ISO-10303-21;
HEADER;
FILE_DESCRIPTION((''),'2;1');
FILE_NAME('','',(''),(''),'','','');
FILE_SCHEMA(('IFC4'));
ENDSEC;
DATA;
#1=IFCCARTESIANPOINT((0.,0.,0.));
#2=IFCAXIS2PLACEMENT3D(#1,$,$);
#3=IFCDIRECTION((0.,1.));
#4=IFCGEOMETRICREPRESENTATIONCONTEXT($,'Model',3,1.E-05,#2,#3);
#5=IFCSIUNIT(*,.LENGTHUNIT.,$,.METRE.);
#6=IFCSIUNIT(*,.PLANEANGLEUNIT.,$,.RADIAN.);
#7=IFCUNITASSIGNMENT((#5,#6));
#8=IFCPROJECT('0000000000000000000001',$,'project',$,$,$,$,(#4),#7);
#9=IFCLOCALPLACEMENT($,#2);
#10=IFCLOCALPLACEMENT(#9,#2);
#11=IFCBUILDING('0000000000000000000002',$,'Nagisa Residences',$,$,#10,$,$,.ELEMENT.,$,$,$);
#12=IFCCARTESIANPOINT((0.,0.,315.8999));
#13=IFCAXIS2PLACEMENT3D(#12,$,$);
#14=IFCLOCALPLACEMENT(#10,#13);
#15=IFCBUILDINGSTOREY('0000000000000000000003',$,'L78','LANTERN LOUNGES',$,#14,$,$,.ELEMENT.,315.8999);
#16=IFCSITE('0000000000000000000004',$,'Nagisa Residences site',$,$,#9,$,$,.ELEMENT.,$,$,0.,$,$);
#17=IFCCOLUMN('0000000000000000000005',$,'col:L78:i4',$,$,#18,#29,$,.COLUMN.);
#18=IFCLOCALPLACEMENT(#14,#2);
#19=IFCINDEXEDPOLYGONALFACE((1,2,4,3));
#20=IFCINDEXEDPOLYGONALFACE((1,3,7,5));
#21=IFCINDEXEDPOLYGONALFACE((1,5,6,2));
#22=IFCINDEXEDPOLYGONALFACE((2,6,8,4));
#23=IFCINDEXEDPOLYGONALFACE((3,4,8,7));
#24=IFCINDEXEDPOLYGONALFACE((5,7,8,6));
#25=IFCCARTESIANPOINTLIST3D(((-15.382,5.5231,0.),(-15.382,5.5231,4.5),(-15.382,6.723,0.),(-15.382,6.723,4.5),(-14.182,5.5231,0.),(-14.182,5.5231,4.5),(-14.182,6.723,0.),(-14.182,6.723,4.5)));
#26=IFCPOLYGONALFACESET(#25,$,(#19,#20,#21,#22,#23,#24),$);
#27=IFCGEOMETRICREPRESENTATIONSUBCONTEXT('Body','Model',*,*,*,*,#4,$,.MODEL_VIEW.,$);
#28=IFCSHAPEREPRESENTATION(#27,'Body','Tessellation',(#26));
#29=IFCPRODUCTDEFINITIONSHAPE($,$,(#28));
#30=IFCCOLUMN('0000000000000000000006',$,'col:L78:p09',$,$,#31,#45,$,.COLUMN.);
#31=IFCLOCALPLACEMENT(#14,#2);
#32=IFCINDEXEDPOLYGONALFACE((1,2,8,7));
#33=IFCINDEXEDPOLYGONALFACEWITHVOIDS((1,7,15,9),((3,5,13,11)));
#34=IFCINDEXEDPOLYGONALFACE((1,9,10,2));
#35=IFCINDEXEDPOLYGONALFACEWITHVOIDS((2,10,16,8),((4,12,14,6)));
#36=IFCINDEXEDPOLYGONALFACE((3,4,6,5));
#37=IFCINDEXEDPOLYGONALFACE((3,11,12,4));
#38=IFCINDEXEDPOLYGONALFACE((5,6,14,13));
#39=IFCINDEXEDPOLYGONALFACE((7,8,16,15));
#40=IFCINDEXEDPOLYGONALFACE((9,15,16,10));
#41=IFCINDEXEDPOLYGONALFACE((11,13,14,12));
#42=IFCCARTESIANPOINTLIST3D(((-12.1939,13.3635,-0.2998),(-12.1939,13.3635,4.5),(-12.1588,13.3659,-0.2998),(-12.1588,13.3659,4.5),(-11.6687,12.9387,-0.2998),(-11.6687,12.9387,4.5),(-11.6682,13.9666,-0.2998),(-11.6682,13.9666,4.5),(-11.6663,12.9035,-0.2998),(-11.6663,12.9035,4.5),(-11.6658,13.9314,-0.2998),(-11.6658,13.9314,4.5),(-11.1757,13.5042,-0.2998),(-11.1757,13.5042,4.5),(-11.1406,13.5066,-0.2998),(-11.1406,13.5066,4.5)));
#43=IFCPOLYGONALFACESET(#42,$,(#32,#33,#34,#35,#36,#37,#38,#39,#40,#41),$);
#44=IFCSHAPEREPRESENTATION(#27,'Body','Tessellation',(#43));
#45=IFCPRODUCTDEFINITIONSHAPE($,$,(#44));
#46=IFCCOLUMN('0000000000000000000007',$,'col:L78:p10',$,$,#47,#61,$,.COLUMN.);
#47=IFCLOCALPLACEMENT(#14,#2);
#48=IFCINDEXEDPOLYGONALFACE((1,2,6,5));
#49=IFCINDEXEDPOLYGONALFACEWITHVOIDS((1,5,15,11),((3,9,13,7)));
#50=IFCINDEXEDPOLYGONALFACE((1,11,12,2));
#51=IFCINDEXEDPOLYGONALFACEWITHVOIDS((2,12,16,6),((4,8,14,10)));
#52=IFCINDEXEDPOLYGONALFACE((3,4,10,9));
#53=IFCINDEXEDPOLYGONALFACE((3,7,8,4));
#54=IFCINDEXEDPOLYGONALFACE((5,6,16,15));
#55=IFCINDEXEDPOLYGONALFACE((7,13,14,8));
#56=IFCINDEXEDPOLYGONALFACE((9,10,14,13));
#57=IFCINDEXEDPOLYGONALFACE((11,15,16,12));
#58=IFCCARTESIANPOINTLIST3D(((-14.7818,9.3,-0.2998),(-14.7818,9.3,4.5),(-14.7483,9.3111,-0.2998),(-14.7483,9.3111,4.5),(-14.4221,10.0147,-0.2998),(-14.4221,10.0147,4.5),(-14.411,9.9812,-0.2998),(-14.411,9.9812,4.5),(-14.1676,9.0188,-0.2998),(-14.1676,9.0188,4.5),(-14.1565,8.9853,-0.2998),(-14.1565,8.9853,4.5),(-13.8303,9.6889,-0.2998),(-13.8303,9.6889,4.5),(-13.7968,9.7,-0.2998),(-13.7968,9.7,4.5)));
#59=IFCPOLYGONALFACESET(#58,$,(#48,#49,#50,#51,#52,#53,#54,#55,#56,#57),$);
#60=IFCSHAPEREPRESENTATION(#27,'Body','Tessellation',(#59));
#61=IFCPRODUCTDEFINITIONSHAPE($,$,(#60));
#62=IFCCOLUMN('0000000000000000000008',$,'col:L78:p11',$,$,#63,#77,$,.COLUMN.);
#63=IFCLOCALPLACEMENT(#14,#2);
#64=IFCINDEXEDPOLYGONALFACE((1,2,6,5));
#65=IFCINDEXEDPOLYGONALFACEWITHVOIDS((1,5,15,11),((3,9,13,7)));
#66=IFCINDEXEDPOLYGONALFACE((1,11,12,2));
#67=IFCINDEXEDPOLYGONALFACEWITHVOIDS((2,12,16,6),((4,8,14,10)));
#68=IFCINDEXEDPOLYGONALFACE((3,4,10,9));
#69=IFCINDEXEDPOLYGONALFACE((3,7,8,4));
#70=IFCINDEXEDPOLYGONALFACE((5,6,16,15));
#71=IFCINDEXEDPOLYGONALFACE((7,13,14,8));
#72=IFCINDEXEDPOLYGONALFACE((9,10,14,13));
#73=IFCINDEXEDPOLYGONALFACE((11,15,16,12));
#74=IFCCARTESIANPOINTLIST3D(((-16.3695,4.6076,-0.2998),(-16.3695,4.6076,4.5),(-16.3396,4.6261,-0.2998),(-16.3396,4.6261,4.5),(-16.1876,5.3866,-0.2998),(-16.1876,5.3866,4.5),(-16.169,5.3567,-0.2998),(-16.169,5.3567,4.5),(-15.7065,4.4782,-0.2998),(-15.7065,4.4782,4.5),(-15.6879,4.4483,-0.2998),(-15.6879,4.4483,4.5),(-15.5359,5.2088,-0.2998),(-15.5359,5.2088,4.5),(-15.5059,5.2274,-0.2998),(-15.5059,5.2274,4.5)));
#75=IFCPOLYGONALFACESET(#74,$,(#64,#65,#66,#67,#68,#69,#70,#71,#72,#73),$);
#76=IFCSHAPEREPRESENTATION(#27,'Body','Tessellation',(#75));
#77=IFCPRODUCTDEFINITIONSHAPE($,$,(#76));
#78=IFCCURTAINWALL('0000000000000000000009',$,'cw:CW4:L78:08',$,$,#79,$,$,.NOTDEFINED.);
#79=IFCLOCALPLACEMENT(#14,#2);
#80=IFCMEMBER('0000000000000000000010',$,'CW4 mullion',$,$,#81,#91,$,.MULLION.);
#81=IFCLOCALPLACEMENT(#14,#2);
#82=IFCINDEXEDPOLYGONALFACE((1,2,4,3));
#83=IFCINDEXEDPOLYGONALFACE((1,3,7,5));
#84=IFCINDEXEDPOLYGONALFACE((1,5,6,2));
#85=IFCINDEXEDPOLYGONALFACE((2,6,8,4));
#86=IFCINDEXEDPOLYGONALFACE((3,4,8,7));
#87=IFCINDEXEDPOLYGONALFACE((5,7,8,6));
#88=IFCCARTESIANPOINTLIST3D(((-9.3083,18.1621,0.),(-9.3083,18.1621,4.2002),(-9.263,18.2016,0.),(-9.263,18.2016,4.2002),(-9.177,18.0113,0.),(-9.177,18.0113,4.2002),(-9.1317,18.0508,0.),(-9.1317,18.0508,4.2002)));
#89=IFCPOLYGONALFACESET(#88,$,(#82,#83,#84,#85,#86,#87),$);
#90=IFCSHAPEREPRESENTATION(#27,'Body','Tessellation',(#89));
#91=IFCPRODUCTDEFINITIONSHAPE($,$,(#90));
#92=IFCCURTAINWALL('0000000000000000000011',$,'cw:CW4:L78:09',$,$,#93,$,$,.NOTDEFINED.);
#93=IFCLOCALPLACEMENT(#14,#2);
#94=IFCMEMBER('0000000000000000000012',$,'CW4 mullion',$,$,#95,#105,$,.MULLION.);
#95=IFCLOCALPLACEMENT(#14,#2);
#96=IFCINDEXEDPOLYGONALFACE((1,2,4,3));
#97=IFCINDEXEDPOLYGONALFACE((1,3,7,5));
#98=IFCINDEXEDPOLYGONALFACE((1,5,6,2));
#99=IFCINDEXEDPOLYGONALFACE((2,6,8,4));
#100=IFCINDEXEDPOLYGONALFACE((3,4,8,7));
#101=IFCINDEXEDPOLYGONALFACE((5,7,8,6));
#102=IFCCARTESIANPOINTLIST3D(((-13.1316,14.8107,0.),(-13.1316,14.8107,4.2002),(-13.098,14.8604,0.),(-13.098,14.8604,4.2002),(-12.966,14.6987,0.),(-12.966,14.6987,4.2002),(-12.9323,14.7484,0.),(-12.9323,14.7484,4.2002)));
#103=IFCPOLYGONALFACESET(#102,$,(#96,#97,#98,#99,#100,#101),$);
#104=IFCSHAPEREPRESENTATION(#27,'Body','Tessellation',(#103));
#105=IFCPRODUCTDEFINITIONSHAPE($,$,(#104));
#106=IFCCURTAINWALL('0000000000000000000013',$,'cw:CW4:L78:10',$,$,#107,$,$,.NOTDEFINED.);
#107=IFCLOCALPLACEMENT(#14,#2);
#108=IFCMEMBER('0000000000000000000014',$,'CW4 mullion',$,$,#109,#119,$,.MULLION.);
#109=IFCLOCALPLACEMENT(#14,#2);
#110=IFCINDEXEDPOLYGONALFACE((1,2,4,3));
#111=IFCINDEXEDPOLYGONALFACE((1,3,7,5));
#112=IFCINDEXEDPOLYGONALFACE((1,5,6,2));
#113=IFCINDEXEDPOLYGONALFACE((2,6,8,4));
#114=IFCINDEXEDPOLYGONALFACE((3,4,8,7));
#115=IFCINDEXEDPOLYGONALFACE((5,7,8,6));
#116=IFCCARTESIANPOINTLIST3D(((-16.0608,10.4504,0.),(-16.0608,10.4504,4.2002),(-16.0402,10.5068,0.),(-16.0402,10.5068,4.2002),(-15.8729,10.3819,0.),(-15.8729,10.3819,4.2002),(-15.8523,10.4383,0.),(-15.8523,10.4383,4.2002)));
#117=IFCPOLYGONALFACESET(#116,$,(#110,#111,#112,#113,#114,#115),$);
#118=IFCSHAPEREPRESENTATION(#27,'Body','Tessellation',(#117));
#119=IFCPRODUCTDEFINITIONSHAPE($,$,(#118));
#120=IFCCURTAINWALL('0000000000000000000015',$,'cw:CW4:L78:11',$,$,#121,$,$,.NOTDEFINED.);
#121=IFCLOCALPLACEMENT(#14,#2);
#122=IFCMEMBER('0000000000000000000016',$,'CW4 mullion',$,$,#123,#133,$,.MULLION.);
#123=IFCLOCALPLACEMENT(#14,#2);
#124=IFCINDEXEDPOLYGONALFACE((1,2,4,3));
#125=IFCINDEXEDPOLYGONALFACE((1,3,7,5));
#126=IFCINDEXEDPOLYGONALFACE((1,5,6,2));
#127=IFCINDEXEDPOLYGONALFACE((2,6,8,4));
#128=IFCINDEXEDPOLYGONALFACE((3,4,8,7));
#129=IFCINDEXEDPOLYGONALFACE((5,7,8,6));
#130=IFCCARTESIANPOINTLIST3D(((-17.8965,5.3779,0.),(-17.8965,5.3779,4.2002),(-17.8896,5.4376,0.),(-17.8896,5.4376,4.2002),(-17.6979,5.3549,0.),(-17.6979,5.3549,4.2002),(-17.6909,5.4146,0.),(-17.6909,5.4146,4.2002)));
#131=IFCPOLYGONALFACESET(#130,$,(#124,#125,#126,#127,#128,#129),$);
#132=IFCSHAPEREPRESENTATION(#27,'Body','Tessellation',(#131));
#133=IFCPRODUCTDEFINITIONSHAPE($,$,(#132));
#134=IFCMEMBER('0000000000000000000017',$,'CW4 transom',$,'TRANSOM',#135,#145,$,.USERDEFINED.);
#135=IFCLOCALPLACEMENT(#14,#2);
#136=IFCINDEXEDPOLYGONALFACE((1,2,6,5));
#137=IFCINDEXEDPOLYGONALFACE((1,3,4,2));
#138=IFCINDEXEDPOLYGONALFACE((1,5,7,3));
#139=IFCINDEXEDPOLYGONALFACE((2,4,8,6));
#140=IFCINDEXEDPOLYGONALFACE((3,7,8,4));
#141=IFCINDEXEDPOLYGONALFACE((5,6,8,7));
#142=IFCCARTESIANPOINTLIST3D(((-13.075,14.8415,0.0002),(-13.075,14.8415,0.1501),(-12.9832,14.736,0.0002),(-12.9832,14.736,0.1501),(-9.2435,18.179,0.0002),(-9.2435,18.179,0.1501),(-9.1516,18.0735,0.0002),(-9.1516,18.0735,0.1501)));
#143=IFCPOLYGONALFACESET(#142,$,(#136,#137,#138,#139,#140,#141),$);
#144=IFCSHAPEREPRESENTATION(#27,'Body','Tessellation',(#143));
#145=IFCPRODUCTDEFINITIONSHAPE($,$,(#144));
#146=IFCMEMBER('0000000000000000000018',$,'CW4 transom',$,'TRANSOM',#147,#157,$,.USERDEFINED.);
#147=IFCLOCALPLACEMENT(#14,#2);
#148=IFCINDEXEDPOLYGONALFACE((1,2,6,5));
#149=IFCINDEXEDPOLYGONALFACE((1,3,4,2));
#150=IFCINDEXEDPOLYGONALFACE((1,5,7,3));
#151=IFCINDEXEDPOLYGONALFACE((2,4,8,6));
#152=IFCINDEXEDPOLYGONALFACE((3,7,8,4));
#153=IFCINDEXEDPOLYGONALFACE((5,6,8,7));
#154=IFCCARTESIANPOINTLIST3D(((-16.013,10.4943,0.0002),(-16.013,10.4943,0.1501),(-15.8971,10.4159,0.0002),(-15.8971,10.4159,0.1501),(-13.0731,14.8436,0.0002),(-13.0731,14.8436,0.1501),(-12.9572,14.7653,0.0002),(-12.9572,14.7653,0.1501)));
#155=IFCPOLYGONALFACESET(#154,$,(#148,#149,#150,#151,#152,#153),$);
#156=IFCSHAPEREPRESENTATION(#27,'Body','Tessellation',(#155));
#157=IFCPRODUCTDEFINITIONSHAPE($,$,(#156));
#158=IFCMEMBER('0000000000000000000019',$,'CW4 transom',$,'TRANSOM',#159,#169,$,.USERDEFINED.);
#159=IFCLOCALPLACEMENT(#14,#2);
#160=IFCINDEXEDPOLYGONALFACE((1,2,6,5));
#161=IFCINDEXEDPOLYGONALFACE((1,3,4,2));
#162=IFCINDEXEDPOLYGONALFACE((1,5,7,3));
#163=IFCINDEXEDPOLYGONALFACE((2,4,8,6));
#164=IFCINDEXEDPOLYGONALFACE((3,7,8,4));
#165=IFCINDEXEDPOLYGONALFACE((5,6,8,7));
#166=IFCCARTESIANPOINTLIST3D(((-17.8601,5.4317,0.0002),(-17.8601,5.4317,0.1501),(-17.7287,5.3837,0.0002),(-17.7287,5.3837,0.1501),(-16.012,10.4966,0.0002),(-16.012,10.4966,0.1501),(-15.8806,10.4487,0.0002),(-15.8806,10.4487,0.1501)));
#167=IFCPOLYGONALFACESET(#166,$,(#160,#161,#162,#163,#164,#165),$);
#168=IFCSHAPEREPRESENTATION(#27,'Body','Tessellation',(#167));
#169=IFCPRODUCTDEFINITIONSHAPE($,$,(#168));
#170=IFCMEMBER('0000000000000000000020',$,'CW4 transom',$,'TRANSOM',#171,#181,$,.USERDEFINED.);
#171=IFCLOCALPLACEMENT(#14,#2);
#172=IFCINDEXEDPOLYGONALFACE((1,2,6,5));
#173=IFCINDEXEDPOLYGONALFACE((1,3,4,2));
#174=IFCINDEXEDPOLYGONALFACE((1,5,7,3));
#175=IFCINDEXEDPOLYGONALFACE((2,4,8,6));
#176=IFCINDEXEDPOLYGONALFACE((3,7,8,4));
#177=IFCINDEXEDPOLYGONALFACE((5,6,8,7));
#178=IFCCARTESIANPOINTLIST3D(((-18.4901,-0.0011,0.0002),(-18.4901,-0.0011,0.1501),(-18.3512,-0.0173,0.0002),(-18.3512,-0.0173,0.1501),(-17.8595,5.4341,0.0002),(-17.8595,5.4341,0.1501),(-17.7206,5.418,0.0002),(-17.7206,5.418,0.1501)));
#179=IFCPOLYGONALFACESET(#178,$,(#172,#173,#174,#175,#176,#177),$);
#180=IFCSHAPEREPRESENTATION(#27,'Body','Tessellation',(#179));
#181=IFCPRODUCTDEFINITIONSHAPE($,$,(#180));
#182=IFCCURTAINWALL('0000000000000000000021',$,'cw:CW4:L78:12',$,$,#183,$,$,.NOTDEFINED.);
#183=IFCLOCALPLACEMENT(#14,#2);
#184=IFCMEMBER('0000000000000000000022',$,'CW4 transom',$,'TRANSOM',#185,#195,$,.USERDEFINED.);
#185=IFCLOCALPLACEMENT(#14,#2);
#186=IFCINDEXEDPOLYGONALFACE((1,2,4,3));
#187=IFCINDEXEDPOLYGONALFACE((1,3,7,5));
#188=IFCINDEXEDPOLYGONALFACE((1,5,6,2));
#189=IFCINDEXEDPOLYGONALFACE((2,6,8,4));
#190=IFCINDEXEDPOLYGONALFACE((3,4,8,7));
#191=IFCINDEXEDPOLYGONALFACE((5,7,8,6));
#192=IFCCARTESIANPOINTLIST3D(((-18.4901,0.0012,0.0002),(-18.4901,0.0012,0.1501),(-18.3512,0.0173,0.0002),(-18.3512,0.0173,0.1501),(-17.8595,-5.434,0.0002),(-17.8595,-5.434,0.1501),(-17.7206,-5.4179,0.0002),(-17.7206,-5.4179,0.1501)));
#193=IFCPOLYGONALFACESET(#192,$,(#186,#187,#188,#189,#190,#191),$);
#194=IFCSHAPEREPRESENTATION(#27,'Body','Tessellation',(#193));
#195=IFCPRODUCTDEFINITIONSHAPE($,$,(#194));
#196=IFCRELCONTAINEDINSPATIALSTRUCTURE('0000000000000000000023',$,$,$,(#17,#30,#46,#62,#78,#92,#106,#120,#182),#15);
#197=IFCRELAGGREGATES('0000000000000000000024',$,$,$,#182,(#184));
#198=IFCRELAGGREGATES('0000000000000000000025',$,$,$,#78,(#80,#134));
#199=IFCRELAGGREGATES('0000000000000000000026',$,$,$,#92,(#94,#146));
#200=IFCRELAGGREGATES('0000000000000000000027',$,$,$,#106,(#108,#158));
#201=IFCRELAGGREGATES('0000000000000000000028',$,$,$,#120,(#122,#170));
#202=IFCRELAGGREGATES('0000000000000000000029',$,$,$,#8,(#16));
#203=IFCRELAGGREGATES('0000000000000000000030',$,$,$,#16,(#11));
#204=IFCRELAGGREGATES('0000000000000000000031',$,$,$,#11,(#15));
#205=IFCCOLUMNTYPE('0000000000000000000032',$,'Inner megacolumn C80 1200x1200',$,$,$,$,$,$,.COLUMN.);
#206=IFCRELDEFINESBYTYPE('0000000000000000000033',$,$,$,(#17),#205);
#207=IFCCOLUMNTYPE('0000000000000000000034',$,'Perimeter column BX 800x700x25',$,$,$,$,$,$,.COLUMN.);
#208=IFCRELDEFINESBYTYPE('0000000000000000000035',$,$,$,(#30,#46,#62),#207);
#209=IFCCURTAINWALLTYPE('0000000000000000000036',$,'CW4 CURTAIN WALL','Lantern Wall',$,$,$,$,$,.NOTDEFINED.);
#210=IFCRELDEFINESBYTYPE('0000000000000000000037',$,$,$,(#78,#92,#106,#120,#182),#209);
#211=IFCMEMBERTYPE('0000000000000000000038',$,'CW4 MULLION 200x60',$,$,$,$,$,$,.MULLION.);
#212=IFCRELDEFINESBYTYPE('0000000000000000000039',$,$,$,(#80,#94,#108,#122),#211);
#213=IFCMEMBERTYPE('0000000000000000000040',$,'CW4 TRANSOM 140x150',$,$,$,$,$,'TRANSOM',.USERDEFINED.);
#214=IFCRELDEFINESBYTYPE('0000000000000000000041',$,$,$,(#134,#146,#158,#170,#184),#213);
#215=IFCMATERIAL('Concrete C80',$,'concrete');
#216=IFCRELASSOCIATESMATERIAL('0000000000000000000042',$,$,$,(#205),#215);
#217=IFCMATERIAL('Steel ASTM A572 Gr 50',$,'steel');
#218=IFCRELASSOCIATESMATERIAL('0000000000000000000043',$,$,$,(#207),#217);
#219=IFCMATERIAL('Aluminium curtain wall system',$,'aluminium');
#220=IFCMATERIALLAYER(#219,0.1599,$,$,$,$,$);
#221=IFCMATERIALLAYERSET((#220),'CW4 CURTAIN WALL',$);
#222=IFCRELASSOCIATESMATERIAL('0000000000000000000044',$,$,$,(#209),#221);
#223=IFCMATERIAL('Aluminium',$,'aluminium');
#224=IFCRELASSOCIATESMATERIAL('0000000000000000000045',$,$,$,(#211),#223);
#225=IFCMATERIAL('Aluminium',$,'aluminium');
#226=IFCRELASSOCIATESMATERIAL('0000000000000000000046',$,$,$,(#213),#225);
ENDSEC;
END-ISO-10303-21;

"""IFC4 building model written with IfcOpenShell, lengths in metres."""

from ifc_helpers import new_model, si_unit, direction, frame, origin, origin_2d, place, context, subcontext, project, spatial, rectangle, hollow_rectangle, extrude, material, layer, layer_set, material_profile, profile_set, type_object, element, aggregate, save


model = new_model("IFC4")

# Units and contexts
model_context = context("Model", 3, precision=1e-05, world=origin(), true_north=direction((0.0, 1.0)))
body_context = subcontext(model_context, "Body", "Model", "MODEL_VIEW")
ifc_project = project(units=[si_unit("LENGTHUNIT", "METRE"), si_unit("PLANEANGLEUNIT", "RADIAN")], contexts=[model_context])

# Site, building, storey
site_placement = place(None, origin())
site = spatial("IfcSite", under=ifc_project, at=site_placement, Name="Nagisa Residences site", CompositionType="ELEMENT", RefElevation=0.0)
building_placement = place(site_placement, origin())
building = spatial("IfcBuilding", under=site, at=building_placement, Name="Nagisa Residences", CompositionType="ELEMENT")
storey_placement = place(building_placement, frame((0.0, 0.0, 315.8999)))
storey = spatial("IfcBuildingStorey", under=building, at=storey_placement, Name="L78", Description="LANTERN LOUNGES", CompositionType="ELEMENT", Elevation=315.8999)

# Columns
ifc_material_1 = material(Name="Concrete C80", Category="concrete")
ifc_material_profile_1 = material_profile(ifc_material_1, rectangle(XDim=1.2, YDim=1.2, at=origin_2d()), Name="C80 1200x1200")
ifc_profile_set_1 = profile_set([ifc_material_profile_1], Name="Concrete C80")
column_type_1 = type_object("IfcColumnType", Name="Inner megacolumn C80 1200x1200", PredefinedType="COLUMN", material=ifc_profile_set_1)
column_placement = place(storey_placement, frame((-14.782, 6.123, 0.0), z_axis=(0.0, 0.0, 1.0), x_axis=(1.0, 0.0, 0.0)))
element("IfcColumn", 1, at=column_placement, inside=storey, type_object=column_type_1, Name="col:L78:i4", PredefinedType="COLUMN", context=body_context, shape_type="SweptSolid", body=[
    extrude(rectangle(XDim=1.2, YDim=1.2, at=origin_2d()), origin(), (0.0, 0.0, 1.0), 4.5),
])
ifc_material_2 = material(Name="Steel ASTM A572 Gr 50", Category="steel")
ifc_material_profile_2 = material_profile(ifc_material_2, hollow_rectangle(XDim=0.8, YDim=0.7, WallThickness=0.0249, at=origin_2d()), Name="BX 800x700x25")
ifc_profile_set_2 = profile_set([ifc_material_profile_2], Name="Steel ASTM A572 Gr 50")
column_type_2 = type_object("IfcColumnType", Name="Perimeter column BX 800x700x25", PredefinedType="COLUMN", material=ifc_profile_set_2)
for number, where, z_axis, x_axis, name in (
    (2, (-11.6672, 13.4351, -0.2998), (0.0, 0.0, 1.0), (-0.657135, -0.753773, 0.0), "col:L78:p09"),
    (3, (-14.2893, 9.5, -0.2998), (0.0, 0.0, 1.0), (-0.449592, -0.893234, 0.0), "col:L78:p10"),
    (4, (-15.9377, 4.9175, -0.2998), (0.0, 0.0, 1.0), (-0.227473, -0.973784, 0.0), "col:L78:p11"),
):
    element("IfcColumn", number, at=place(storey_placement, frame(where, z_axis=z_axis, x_axis=x_axis)), inside=storey, type_object=column_type_2, Name=name, PredefinedType="COLUMN", context=body_context, shape_type="SweptSolid", body=[
        extrude(hollow_rectangle(XDim=0.8, YDim=0.7, WallThickness=0.0249, at=origin_2d()), origin(), (0.0, 0.0, 1.0), 4.7998),
    ])

# Curtain walls, members
ifc_material_3 = material(Name="Aluminium curtain wall system", Category="aluminium")
ifc_layer_1 = layer(ifc_material_3, 0.1599)
ifc_layer_set_1 = layer_set([ifc_layer_1], Name="CW4 CURTAIN WALL")
curtain_wall_type = type_object("IfcCurtainWallType", Name="CW4 CURTAIN WALL", Description="Lantern Wall", PredefinedType="NOTDEFINED", material=ifc_layer_set_1)
curtain_wall_1_placement = place(storey_placement, origin())
curtain_wall_1 = element("IfcCurtainWall", 5, at=curtain_wall_1_placement, inside=storey, type_object=curtain_wall_type, Name="cw:CW4:L78:08", PredefinedType="NOTDEFINED")
ifc_material_4 = material(Name="Aluminium", Category="aluminium")
ifc_material_profile_3 = material_profile(ifc_material_4, rectangle(XDim=0.2, YDim=0.0601, at=origin_2d()), Name="CW4 MULLION 200x60")
ifc_profile_set_3 = profile_set([ifc_material_profile_3], Name="Aluminium")
member_type_1 = type_object("IfcMemberType", Name="CW4 MULLION 200x60", PredefinedType="MULLION", material=ifc_profile_set_3)
member_1_placement = place(storey_placement, frame((-9.22, 18.1064, 0.0), z_axis=(0.0, 0.0, 1.0), x_axis=(0.656803, -0.754062, 0.0)))
member_1 = element("IfcMember", 6, at=member_1_placement, type_object=member_type_1, Name="CW4 mullion", PredefinedType="MULLION", context=body_context, shape_type="SweptSolid", body=[
    extrude(rectangle(XDim=0.2, YDim=0.0601, at=origin_2d()), origin(), (0.0, 0.0, 1.0), 4.2002),
])
curtain_wall_2_placement = place(storey_placement, origin())
curtain_wall_2 = element("IfcCurtainWall", 7, at=curtain_wall_2_placement, inside=storey, type_object=curtain_wall_type, Name="cw:CW4:L78:09", PredefinedType="NOTDEFINED")
member_2_placement = place(storey_placement, frame((-13.032, 14.7795, 0.0), z_axis=(0.0, 0.0, 1.0), x_axis=(0.828473, -0.56003, 0.0)))
member_2 = element("IfcMember", 8, at=member_2_placement, type_object=member_type_1, Name="CW4 mullion", PredefinedType="MULLION", context=body_context, shape_type="SweptSolid", body=[
    extrude(rectangle(XDim=0.2, YDim=0.0601, at=origin_2d()), origin(), (0.0, 0.0, 1.0), 4.2002),
])
curtain_wall_3_placement = place(storey_placement, origin())
curtain_wall_3 = element("IfcCurtainWall", 9, at=curtain_wall_3_placement, inside=storey, type_object=curtain_wall_type, Name="cw:CW4:L78:10", PredefinedType="NOTDEFINED")
member_3_placement = place(storey_placement, frame((-15.9565, 10.4443, 0.0), z_axis=(0.0, 0.0, 1.0), x_axis=(0.939411, -0.342793, 0.0)))
member_3 = element("IfcMember", 10, at=member_3_placement, type_object=member_type_1, Name="CW4 mullion", PredefinedType="MULLION", context=body_context, shape_type="SweptSolid", body=[
    extrude(rectangle(XDim=0.2, YDim=0.0601, at=origin_2d()), origin(), (0.0, 0.0, 1.0), 4.2002),
])
curtain_wall_4_placement = place(storey_placement, origin())
curtain_wall_4 = element("IfcCurtainWall", 11, at=curtain_wall_4_placement, inside=storey, type_object=curtain_wall_type, Name="cw:CW4:L78:11", PredefinedType="NOTDEFINED")
member_4_placement = place(storey_placement, frame((-17.7937, 5.3962, 0.0), z_axis=(0.0, 0.0, 1.0), x_axis=(0.993341, -0.115207, 0.0)))
member_4 = element("IfcMember", 12, at=member_4_placement, type_object=member_type_1, Name="CW4 mullion", PredefinedType="MULLION", context=body_context, shape_type="SweptSolid", body=[
    extrude(rectangle(XDim=0.2, YDim=0.0601, at=origin_2d()), origin(), (0.0, 0.0, 1.0), 4.2002),
])

# Members
ifc_material_5 = material(Name="Aluminium", Category="aluminium")
ifc_material_profile_4 = material_profile(ifc_material_5, rectangle(XDim=0.1399, YDim=0.1499, at=origin_2d()), Name="CW4 TRANSOM 140x150")
ifc_profile_set_4 = profile_set([ifc_material_profile_4], Name="Aluminium")
member_type_2 = type_object("IfcMemberType", Name="CW4 TRANSOM 140x150", ElementType="TRANSOM", PredefinedType="USERDEFINED", material=ifc_profile_set_4)
member_5_placement = place(storey_placement, frame((-9.1975, 18.1262, 0.0752), z_axis=(-0.754057, -0.656809, 0.0), x_axis=(0.656809, -0.754057, 0.0)))
member_5 = element("IfcMember", 13, at=member_5_placement, type_object=member_type_2, Name="CW4 transom", ObjectType="TRANSOM", PredefinedType="USERDEFINED", context=body_context, shape_type="SweptSolid", body=[
    extrude(rectangle(XDim=0.1399, YDim=0.1499, at=origin_2d()), origin(), (0.0, 0.0, 1.0), 5.0813),
])
member_6_placement = place(storey_placement, frame((-13.0151, 14.8044, 0.0752), z_axis=(-0.560012, -0.828485, 0.0), x_axis=(0.828485, -0.560012, 0.0)))
member_6 = element("IfcMember", 14, at=member_6_placement, type_object=member_type_2, Name="CW4 transom", ObjectType="TRANSOM", PredefinedType="USERDEFINED", context=body_context, shape_type="SweptSolid", body=[
    extrude(rectangle(XDim=0.1399, YDim=0.1499, at=origin_2d()), origin(), (0.0, 0.0, 1.0), 5.2498),
])
member_7_placement = place(storey_placement, frame((-15.9463, 10.4727, 0.0752), z_axis=(-0.342783, -0.939415, 0.0), x_axis=(0.939415, -0.342783, 0.0)))
member_7 = element("IfcMember", 15, at=member_7_placement, type_object=member_type_2, Name="CW4 transom", ObjectType="TRANSOM", PredefinedType="USERDEFINED", context=body_context, shape_type="SweptSolid", body=[
    extrude(rectangle(XDim=0.1399, YDim=0.1499, at=origin_2d()), origin(), (0.0, 0.0, 1.0), 5.3916),
])
member_8_placement = place(storey_placement, frame((-17.79, 5.426, 0.0752), z_axis=(-0.115249, -0.993337, 0.0), x_axis=(0.993337, -0.115249, 0.0)))
member_8 = element("IfcMember", 16, at=member_8_placement, type_object=member_type_2, Name="CW4 transom", ObjectType="TRANSOM", PredefinedType="USERDEFINED", context=body_context, shape_type="SweptSolid", body=[
    extrude(rectangle(XDim=0.1399, YDim=0.1499, at=origin_2d()), origin(), (0.0, 0.0, 1.0), 5.4717),
])

# Curtain wall, member
curtain_wall_5_placement = place(storey_placement, origin())
curtain_wall_5 = element("IfcCurtainWall", 17, at=curtain_wall_5_placement, inside=storey, type_object=curtain_wall_type, Name="cw:CW4:L78:12", PredefinedType="NOTDEFINED")
member_9_placement = place(storey_placement, frame((-18.4207, 0.0093, 0.0752), z_axis=(0.115249, -0.993337, 0.0), x_axis=(0.993337, 0.115249, 0.0)))
member_9 = element("IfcMember", 18, at=member_9_placement, type_object=member_type_2, Name="CW4 transom", ObjectType="TRANSOM", PredefinedType="USERDEFINED", context=body_context, shape_type="SweptSolid", body=[
    extrude(rectangle(XDim=0.1399, YDim=0.1499, at=origin_2d()), origin(), (0.0, 0.0, 1.0), 5.4717),
])
aggregate(curtain_wall_5, [member_9])

aggregate(curtain_wall_1, [member_1, member_5])
aggregate(curtain_wall_2, [member_2, member_6])
aggregate(curtain_wall_3, [member_3, member_7])
aggregate(curtain_wall_4, [member_4, member_8])

save(model, "model.ifc")
